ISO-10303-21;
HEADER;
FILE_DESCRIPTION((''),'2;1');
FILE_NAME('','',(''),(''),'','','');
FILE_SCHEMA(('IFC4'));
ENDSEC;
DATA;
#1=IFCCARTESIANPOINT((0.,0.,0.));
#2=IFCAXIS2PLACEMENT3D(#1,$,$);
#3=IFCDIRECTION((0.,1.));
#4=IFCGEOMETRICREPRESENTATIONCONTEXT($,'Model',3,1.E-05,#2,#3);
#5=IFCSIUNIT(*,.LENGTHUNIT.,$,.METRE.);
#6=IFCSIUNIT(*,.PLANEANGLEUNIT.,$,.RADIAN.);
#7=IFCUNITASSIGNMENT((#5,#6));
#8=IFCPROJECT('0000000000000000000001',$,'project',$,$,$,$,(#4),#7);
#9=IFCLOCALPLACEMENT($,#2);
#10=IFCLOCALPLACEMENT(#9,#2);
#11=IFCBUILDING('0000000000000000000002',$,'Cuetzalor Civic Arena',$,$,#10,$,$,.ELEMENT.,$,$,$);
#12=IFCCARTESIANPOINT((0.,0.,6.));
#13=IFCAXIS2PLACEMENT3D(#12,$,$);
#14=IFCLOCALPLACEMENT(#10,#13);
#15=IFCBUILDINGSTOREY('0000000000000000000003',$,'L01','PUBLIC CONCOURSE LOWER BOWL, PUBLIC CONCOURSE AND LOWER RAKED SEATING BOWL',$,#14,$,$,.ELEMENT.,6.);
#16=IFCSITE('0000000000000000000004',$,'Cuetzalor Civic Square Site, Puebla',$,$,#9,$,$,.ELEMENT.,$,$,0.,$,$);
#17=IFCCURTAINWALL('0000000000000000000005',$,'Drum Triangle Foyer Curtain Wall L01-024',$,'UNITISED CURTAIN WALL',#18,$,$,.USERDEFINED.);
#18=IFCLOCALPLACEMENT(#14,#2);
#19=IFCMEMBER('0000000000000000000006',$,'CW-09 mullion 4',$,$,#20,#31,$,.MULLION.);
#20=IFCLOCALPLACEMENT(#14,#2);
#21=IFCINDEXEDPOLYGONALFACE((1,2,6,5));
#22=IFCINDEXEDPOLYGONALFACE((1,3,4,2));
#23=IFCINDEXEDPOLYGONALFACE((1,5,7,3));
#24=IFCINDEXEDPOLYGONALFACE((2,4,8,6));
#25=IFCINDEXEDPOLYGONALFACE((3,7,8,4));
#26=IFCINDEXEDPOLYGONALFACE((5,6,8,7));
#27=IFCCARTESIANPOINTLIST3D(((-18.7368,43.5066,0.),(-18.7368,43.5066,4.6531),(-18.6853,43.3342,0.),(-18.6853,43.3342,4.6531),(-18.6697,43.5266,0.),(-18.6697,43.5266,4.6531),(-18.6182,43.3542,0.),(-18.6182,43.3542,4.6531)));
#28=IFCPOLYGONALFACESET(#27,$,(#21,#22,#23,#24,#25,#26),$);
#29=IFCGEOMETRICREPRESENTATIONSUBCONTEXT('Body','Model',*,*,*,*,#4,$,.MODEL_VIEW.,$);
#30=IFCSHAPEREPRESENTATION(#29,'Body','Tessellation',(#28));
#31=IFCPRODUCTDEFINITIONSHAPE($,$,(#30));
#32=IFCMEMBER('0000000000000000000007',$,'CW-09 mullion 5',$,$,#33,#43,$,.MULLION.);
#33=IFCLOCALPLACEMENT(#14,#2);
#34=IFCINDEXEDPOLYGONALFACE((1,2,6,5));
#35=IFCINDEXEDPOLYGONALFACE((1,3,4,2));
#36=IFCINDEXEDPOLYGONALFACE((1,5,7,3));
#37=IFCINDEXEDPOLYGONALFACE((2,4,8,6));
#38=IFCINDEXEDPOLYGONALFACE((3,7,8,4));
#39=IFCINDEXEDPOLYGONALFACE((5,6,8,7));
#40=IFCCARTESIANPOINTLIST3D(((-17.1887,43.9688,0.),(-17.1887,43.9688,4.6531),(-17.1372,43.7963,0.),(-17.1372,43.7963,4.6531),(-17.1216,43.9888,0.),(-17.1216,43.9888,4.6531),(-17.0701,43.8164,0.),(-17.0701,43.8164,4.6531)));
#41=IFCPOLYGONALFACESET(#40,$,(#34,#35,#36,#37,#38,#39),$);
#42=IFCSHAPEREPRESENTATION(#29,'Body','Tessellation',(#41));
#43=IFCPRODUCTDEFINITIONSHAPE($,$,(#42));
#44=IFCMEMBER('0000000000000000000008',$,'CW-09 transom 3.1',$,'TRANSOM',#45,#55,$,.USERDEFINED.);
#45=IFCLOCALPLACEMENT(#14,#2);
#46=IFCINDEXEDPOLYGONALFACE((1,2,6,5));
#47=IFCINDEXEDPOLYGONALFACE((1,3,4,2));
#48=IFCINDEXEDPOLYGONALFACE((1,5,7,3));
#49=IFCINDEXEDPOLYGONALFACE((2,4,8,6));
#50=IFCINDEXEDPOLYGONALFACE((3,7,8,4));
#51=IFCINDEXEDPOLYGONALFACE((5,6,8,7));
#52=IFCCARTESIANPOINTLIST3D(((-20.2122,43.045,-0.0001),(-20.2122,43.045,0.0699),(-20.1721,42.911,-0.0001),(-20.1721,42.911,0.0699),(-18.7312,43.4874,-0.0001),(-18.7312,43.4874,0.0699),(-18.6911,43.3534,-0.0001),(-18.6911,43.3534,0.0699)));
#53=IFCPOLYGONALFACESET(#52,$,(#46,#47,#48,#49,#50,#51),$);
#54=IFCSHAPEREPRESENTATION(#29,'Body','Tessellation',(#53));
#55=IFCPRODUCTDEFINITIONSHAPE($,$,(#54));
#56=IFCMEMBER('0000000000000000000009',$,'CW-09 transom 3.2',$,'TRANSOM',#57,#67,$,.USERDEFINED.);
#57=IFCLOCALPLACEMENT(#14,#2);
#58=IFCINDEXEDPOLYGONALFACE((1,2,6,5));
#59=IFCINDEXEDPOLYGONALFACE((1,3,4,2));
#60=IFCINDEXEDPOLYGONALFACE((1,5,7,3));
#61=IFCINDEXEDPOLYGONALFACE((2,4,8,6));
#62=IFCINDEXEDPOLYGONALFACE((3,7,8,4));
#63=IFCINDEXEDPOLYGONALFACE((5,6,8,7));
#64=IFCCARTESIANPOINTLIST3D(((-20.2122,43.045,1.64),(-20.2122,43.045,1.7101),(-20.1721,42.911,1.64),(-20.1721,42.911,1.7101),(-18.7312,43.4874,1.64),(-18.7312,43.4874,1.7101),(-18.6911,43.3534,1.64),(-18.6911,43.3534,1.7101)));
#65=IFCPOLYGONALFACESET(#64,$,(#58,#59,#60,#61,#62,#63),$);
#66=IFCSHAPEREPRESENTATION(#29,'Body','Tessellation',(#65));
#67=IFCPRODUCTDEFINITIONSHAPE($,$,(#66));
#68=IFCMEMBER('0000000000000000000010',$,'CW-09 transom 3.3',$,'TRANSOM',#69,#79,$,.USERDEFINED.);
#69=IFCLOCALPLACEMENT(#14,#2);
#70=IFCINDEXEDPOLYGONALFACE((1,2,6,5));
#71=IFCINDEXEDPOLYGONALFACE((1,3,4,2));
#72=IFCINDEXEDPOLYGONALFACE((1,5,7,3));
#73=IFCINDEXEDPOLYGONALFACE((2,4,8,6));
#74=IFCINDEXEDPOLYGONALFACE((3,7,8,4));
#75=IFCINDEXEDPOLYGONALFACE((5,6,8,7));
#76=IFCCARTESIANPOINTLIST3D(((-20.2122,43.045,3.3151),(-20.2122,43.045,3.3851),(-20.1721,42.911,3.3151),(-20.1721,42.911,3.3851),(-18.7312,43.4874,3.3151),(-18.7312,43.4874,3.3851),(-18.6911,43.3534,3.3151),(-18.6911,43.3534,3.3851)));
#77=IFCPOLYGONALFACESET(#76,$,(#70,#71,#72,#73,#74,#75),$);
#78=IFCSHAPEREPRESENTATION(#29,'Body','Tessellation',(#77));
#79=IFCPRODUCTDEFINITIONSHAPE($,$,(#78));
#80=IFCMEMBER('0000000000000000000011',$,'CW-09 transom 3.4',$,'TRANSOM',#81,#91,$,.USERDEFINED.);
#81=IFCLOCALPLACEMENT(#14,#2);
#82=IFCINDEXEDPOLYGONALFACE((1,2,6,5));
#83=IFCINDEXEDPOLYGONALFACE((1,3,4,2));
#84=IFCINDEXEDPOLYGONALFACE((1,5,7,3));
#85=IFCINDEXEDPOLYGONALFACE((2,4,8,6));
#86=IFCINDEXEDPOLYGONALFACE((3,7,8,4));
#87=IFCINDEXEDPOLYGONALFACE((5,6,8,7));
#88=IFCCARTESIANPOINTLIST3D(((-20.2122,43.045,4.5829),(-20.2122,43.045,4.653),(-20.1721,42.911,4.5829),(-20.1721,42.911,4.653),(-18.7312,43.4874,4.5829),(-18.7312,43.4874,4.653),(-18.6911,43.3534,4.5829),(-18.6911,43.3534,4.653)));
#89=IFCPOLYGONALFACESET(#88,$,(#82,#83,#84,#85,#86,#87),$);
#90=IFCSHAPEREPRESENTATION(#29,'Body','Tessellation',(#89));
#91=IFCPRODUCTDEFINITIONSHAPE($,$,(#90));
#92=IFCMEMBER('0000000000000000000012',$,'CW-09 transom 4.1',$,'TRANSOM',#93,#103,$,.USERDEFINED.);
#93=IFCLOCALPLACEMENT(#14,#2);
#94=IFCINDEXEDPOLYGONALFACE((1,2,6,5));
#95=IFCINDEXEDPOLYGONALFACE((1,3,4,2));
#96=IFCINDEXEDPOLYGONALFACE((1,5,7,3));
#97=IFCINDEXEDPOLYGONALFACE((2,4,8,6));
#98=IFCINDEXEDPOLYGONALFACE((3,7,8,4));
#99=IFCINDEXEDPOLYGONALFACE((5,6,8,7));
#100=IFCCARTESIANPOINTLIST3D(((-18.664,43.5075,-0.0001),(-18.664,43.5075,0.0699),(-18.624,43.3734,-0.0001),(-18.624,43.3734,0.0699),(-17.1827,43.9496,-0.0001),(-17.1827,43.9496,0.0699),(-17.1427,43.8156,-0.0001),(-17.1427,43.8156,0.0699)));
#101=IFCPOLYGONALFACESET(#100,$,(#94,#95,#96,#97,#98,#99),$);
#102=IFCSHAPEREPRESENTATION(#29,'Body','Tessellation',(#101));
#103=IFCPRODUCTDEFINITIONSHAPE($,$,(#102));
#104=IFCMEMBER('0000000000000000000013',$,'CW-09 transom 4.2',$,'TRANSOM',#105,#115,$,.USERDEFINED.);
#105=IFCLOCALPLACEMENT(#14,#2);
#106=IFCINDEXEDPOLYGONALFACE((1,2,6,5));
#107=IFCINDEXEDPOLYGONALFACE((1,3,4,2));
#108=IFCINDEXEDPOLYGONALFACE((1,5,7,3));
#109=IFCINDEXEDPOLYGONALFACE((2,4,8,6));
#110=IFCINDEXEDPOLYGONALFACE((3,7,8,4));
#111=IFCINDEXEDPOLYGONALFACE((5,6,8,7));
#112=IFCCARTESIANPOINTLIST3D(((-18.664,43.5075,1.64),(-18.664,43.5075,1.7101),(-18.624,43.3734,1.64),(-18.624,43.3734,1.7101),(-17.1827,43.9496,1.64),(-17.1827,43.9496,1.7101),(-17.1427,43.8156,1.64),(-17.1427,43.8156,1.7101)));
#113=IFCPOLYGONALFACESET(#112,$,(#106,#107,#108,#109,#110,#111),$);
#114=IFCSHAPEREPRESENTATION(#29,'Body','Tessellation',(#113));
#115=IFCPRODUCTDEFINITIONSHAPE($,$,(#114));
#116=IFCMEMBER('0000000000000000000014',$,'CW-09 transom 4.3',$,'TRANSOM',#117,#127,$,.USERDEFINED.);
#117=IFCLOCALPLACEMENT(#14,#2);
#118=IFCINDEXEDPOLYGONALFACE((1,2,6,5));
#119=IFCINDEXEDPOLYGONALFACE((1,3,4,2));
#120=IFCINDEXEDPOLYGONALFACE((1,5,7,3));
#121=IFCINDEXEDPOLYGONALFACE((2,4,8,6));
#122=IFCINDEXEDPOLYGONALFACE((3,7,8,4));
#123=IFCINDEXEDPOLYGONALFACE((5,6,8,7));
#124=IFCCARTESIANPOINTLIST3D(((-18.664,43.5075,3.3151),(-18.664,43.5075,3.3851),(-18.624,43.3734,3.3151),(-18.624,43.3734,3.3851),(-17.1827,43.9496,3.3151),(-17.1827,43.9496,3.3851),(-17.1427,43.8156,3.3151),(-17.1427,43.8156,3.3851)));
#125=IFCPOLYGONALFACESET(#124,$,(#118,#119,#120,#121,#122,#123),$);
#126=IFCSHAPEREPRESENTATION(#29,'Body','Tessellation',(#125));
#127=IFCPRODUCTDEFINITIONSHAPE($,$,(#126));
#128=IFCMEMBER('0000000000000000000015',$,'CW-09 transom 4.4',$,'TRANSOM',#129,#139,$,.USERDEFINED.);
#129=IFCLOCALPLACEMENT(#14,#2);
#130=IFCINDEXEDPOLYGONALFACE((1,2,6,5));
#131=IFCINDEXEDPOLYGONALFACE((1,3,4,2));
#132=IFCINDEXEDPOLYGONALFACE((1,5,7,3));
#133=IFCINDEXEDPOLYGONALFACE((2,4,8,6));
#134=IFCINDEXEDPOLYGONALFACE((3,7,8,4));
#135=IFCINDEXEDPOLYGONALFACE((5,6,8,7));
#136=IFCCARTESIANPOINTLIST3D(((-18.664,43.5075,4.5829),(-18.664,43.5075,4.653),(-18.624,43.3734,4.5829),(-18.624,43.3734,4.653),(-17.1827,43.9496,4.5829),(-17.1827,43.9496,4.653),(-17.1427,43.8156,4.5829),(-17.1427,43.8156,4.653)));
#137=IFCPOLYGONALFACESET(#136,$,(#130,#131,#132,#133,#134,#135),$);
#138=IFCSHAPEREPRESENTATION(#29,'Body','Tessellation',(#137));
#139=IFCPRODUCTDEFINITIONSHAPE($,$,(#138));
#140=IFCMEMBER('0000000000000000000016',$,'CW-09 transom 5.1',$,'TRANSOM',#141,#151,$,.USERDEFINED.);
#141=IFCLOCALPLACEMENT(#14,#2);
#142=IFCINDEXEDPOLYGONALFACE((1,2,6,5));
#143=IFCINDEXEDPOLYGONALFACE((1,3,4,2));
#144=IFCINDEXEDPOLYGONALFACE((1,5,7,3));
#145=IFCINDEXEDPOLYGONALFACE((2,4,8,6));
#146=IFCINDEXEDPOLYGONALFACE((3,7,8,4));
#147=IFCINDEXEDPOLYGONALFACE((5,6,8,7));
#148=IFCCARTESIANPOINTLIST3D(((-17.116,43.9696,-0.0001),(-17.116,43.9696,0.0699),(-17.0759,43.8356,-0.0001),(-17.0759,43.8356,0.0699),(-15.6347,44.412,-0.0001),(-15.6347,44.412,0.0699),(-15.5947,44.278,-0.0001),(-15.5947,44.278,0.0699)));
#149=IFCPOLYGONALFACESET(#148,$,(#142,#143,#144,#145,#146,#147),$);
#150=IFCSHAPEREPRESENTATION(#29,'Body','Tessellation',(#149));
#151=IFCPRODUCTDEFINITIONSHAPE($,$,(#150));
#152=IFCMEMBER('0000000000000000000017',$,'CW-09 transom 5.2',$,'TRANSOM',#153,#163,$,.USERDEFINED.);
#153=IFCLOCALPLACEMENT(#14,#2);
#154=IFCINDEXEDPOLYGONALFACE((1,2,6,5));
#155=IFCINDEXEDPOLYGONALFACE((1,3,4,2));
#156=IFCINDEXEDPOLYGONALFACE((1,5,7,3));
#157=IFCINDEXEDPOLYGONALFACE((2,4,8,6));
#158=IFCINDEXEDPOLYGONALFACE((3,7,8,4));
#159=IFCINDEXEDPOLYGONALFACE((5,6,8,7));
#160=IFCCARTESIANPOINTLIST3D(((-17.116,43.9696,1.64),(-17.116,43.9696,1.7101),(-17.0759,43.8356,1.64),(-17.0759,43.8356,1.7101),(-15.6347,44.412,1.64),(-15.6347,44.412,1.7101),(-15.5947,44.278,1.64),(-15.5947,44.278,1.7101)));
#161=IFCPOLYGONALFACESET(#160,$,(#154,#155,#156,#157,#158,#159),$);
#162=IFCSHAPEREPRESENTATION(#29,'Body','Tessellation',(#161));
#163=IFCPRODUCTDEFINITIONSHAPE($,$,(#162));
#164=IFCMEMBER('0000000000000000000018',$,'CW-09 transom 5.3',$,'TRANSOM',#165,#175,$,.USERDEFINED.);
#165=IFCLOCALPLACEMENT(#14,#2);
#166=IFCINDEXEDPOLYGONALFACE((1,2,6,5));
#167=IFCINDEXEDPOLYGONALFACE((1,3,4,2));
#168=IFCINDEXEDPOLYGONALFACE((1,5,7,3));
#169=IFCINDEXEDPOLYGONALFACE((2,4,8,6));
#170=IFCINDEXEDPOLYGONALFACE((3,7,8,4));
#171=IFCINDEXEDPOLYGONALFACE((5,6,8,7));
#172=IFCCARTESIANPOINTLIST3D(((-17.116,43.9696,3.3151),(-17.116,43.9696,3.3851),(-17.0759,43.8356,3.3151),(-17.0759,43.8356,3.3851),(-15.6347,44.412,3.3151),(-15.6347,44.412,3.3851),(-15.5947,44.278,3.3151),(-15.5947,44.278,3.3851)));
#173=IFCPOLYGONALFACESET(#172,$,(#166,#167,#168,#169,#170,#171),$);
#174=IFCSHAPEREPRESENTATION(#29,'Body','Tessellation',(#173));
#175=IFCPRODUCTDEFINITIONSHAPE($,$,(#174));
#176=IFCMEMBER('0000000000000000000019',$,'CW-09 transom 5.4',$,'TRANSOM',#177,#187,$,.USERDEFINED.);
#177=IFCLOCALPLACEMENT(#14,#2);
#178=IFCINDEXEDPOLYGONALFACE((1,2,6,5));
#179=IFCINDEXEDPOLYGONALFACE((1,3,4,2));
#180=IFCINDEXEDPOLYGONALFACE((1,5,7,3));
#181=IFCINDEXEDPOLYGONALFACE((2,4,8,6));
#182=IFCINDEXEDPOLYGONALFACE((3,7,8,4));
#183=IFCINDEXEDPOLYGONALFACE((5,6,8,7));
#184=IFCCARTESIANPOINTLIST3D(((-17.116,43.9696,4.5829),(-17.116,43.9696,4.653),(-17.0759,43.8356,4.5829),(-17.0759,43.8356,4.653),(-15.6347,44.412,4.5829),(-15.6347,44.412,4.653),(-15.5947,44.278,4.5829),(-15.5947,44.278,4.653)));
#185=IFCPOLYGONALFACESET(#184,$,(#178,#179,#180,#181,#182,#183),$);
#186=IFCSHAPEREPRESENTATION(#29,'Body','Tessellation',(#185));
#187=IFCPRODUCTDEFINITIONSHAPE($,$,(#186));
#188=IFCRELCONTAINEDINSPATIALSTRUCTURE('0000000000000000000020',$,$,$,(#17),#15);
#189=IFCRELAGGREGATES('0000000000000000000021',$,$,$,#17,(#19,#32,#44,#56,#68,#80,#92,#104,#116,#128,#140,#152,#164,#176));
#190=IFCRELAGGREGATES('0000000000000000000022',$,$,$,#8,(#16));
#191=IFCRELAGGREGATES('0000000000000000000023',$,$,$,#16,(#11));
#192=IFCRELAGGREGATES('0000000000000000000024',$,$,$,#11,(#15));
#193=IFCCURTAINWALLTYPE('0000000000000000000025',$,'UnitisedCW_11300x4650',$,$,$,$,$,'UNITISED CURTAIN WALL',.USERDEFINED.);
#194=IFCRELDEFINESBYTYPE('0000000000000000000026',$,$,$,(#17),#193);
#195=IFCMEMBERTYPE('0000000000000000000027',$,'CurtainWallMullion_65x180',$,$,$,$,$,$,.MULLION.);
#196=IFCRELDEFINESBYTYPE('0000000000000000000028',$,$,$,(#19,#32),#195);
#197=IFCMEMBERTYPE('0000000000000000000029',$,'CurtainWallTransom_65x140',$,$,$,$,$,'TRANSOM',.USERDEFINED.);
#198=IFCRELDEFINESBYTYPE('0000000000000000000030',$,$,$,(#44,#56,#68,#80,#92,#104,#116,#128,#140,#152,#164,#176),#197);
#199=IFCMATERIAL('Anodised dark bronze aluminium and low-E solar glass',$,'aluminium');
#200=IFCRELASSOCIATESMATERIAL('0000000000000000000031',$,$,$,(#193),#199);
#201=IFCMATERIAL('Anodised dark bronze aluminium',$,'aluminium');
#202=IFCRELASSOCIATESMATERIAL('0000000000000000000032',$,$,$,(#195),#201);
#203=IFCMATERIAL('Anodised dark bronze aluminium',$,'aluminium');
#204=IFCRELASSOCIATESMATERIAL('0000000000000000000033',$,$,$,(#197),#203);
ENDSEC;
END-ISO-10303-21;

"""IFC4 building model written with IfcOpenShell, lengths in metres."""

from ifc_helpers import new_model, si_unit, direction, frame, origin, origin_2d, place, context, subcontext, project, spatial, rectangle, extrude, material, material_profile, profile_set, type_object, element, aggregate, save


model = new_model("IFC4")

# Units and contexts
model_context = context("Model", 3, precision=1e-05, world=origin(), true_north=direction((0.0, 1.0)))
body_context = subcontext(model_context, "Body", "Model", "MODEL_VIEW")
ifc_project = project(units=[si_unit("LENGTHUNIT", "METRE"), si_unit("PLANEANGLEUNIT", "RADIAN")], contexts=[model_context])

# Site, building, storey
site_placement = place(None, origin())
site = spatial("IfcSite", under=ifc_project, at=site_placement, Name="Cuetzalor Civic Square Site, Puebla", CompositionType="ELEMENT", RefElevation=0.0)
building_placement = place(site_placement, origin())
building = spatial("IfcBuilding", under=site, at=building_placement, Name="Cuetzalor Civic Arena", CompositionType="ELEMENT")
storey_placement = place(building_placement, frame((0.0, 0.0, 6.0)))
storey = spatial("IfcBuildingStorey", under=building, at=storey_placement, Name="L01", Description="PUBLIC CONCOURSE LOWER BOWL, PUBLIC CONCOURSE AND LOWER RAKED SEATING BOWL", CompositionType="ELEMENT", Elevation=6.0)

# Curtain wall, members
ifc_material_1 = material(Name="Anodised dark bronze aluminium and low-E solar glass", Category="aluminium")
curtain_wall_type = type_object("IfcCurtainWallType", Name="UnitisedCW_11300x4650", ElementType="UNITISED CURTAIN WALL", PredefinedType="USERDEFINED", material=ifc_material_1)
curtain_wall_placement = place(storey_placement, origin())
curtain_wall = element("IfcCurtainWall", 1, at=curtain_wall_placement, inside=storey, type_object=curtain_wall_type, Name="Drum Triangle Foyer Curtain Wall L01-024", ObjectType="UNITISED CURTAIN WALL", PredefinedType="USERDEFINED")
ifc_material_2 = material(Name="Anodised dark bronze aluminium", Category="aluminium")
ifc_material_profile_1 = material_profile(ifc_material_2, rectangle(XDim=0.0701, YDim=0.1799, at=origin_2d()), Name="ALU MULLION 70x180")
ifc_profile_set_1 = profile_set([ifc_material_profile_1], Name="Anodised dark bronze aluminium")
member_type_1 = type_object("IfcMemberType", Name="CurtainWallMullion_65x180", PredefinedType="MULLION", material=ifc_profile_set_1)
member_1_placement = place(storey_placement, frame((-18.6775, 43.4304, 0.0), z_axis=(0.0, 0.0, 1.0), x_axis=(0.958194, 0.28612, 0.0)))
member_1 = element("IfcMember", 2, at=member_1_placement, type_object=member_type_1, Name="CW-09 mullion 4", PredefinedType="MULLION", context=body_context, shape_type="SweptSolid", body=[
    extrude(rectangle(XDim=0.0701, YDim=0.1799, at=origin_2d()), origin(), (0.0, 0.0, 1.0), 4.6531),
])
member_2_placement = place(storey_placement, frame((-17.1294, 43.8926, 0.0), z_axis=(0.0, 0.0, 1.0), x_axis=(0.958194, 0.28612, 0.0)))
member_2 = element("IfcMember", 3, at=member_2_placement, type_object=member_type_1, Name="CW-09 mullion 5", PredefinedType="MULLION", context=body_context, shape_type="SweptSolid", body=[
    extrude(rectangle(XDim=0.0701, YDim=0.1799, at=origin_2d()), origin(), (0.0, 0.0, 1.0), 4.6531),
])
ifc_material_3 = material(Name="Anodised dark bronze aluminium", Category="aluminium")
ifc_material_profile_2 = material_profile(ifc_material_3, rectangle(XDim=0.1399, YDim=0.0701, at=origin_2d()), Name="ALU TRANSOM 70x140")
ifc_profile_set_2 = profile_set([ifc_material_profile_2], Name="Anodised dark bronze aluminium")
member_type_2 = type_object("IfcMemberType", Name="CurtainWallTransom_65x140", ElementType="TRANSOM", PredefinedType="USERDEFINED", material=ifc_profile_set_2)
member_3_placement = place(storey_placement, frame((-20.1921, 42.978, 0.0349), z_axis=(0.958165, 0.286217, 0.0), x_axis=(-0.286217, 0.958165, 0.0)))
member_3 = element("IfcMember", 4, at=member_3_placement, type_object=member_type_2, Name="CW-09 transom 3.1", ObjectType="TRANSOM", PredefinedType="USERDEFINED", context=body_context, shape_type="SweptSolid", body=[
    extrude(rectangle(XDim=0.1399, YDim=0.0701, at=origin_2d()), origin(), (0.0, 0.0, 1.0), 1.5457),
])
member_4_placement = place(storey_placement, frame((-20.1921, 42.978, 1.675), z_axis=(0.958165, 0.286217, 0.0), x_axis=(-0.286217, 0.958165, 0.0)))
member_4 = element("IfcMember", 5, at=member_4_placement, type_object=member_type_2, Name="CW-09 transom 3.2", ObjectType="TRANSOM", PredefinedType="USERDEFINED", context=body_context, shape_type="SweptSolid", body=[
    extrude(rectangle(XDim=0.1399, YDim=0.0701, at=origin_2d()), origin(), (0.0, 0.0, 1.0), 1.5457),
])
member_5_placement = place(storey_placement, frame((-20.1921, 42.978, 3.3501), z_axis=(0.958165, 0.286217, 0.0), x_axis=(-0.286217, 0.958165, 0.0)))
member_5 = element("IfcMember", 6, at=member_5_placement, type_object=member_type_2, Name="CW-09 transom 3.3", ObjectType="TRANSOM", PredefinedType="USERDEFINED", context=body_context, shape_type="SweptSolid", body=[
    extrude(rectangle(XDim=0.1399, YDim=0.0701, at=origin_2d()), origin(), (0.0, 0.0, 1.0), 1.5457),
])
member_6_placement = place(storey_placement, frame((-20.1921, 42.978, 4.6179), z_axis=(0.958165, 0.286217, 0.0), x_axis=(-0.286217, 0.958165, 0.0)))
member_6 = element("IfcMember", 7, at=member_6_placement, type_object=member_type_2, Name="CW-09 transom 3.4", ObjectType="TRANSOM", PredefinedType="USERDEFINED", context=body_context, shape_type="SweptSolid", body=[
    extrude(rectangle(XDim=0.1399, YDim=0.0701, at=origin_2d()), origin(), (0.0, 0.0, 1.0), 1.5457),
])
member_7_placement = place(storey_placement, frame((-18.644, 43.4404, 0.0349), z_axis=(0.958221, 0.286029, 0.0), x_axis=(-0.286029, 0.958221, 0.0)))
member_7 = element("IfcMember", 8, at=member_7_placement, type_object=member_type_2, Name="CW-09 transom 4.1", ObjectType="TRANSOM", PredefinedType="USERDEFINED", context=body_context, shape_type="SweptSolid", body=[
    extrude(rectangle(XDim=0.1399, YDim=0.0701, at=origin_2d()), origin(), (0.0, 0.0, 1.0), 1.5459),
])
member_8_placement = place(storey_placement, frame((-18.644, 43.4404, 1.675), z_axis=(0.958221, 0.286029, 0.0), x_axis=(-0.286029, 0.958221, 0.0)))
member_8 = element("IfcMember", 9, at=member_8_placement, type_object=member_type_2, Name="CW-09 transom 4.2", ObjectType="TRANSOM", PredefinedType="USERDEFINED", context=body_context, shape_type="SweptSolid", body=[
    extrude(rectangle(XDim=0.1399, YDim=0.0701, at=origin_2d()), origin(), (0.0, 0.0, 1.0), 1.5459),
])
member_9_placement = place(storey_placement, frame((-18.644, 43.4404, 3.3501), z_axis=(0.958221, 0.286029, 0.0), x_axis=(-0.286029, 0.958221, 0.0)))
member_9 = element("IfcMember", 10, at=member_9_placement, type_object=member_type_2, Name="CW-09 transom 4.3", ObjectType="TRANSOM", PredefinedType="USERDEFINED", context=body_context, shape_type="SweptSolid", body=[
    extrude(rectangle(XDim=0.1399, YDim=0.0701, at=origin_2d()), origin(), (0.0, 0.0, 1.0), 1.5459),
])
member_10_placement = place(storey_placement, frame((-18.644, 43.4404, 4.6179), z_axis=(0.958221, 0.286029, 0.0), x_axis=(-0.286029, 0.958221, 0.0)))
member_10 = element("IfcMember", 11, at=member_10_placement, type_object=member_type_2, Name="CW-09 transom 4.4", ObjectType="TRANSOM", PredefinedType="USERDEFINED", context=body_context, shape_type="SweptSolid", body=[
    extrude(rectangle(XDim=0.1399, YDim=0.0701, at=origin_2d()), origin(), (0.0, 0.0, 1.0), 1.5459),
])
member_11_placement = place(storey_placement, frame((-17.0959, 43.9026, 0.0349), z_axis=(0.958178, 0.286174, 0.0), x_axis=(-0.286174, 0.958178, 0.0)))
member_11 = element("IfcMember", 12, at=member_11_placement, type_object=member_type_2, Name="CW-09 transom 5.1", ObjectType="TRANSOM", PredefinedType="USERDEFINED", context=body_context, shape_type="SweptSolid", body=[
    extrude(rectangle(XDim=0.1399, YDim=0.0701, at=origin_2d()), origin(), (0.0, 0.0, 1.0), 1.5459),
])
member_12_placement = place(storey_placement, frame((-17.0959, 43.9026, 1.675), z_axis=(0.958178, 0.286174, 0.0), x_axis=(-0.286174, 0.958178, 0.0)))
member_12 = element("IfcMember", 13, at=member_12_placement, type_object=member_type_2, Name="CW-09 transom 5.2", ObjectType="TRANSOM", PredefinedType="USERDEFINED", context=body_context, shape_type="SweptSolid", body=[
    extrude(rectangle(XDim=0.1399, YDim=0.0701, at=origin_2d()), origin(), (0.0, 0.0, 1.0), 1.5459),
])
member_13_placement = place(storey_placement, frame((-17.0959, 43.9026, 3.3501), z_axis=(0.958178, 0.286174, 0.0), x_axis=(-0.286174, 0.958178, 0.0)))
member_13 = element("IfcMember", 14, at=member_13_placement, type_object=member_type_2, Name="CW-09 transom 5.3", ObjectType="TRANSOM", PredefinedType="USERDEFINED", context=body_context, shape_type="SweptSolid", body=[
    extrude(rectangle(XDim=0.1399, YDim=0.0701, at=origin_2d()), origin(), (0.0, 0.0, 1.0), 1.5459),
])
member_14_placement = place(storey_placement, frame((-17.0959, 43.9026, 4.6179), z_axis=(0.958178, 0.286174, 0.0), x_axis=(-0.286174, 0.958178, 0.0)))
member_14 = element("IfcMember", 15, at=member_14_placement, type_object=member_type_2, Name="CW-09 transom 5.4", ObjectType="TRANSOM", PredefinedType="USERDEFINED", context=body_context, shape_type="SweptSolid", body=[
    extrude(rectangle(XDim=0.1399, YDim=0.0701, at=origin_2d()), origin(), (0.0, 0.0, 1.0), 1.5459),
])
aggregate(curtain_wall, [member_1, member_2, member_3, member_4, member_5, member_6, member_7, member_8, member_9, member_10, member_11, member_12, member_13, member_14])

save(model, "model.ifc")
